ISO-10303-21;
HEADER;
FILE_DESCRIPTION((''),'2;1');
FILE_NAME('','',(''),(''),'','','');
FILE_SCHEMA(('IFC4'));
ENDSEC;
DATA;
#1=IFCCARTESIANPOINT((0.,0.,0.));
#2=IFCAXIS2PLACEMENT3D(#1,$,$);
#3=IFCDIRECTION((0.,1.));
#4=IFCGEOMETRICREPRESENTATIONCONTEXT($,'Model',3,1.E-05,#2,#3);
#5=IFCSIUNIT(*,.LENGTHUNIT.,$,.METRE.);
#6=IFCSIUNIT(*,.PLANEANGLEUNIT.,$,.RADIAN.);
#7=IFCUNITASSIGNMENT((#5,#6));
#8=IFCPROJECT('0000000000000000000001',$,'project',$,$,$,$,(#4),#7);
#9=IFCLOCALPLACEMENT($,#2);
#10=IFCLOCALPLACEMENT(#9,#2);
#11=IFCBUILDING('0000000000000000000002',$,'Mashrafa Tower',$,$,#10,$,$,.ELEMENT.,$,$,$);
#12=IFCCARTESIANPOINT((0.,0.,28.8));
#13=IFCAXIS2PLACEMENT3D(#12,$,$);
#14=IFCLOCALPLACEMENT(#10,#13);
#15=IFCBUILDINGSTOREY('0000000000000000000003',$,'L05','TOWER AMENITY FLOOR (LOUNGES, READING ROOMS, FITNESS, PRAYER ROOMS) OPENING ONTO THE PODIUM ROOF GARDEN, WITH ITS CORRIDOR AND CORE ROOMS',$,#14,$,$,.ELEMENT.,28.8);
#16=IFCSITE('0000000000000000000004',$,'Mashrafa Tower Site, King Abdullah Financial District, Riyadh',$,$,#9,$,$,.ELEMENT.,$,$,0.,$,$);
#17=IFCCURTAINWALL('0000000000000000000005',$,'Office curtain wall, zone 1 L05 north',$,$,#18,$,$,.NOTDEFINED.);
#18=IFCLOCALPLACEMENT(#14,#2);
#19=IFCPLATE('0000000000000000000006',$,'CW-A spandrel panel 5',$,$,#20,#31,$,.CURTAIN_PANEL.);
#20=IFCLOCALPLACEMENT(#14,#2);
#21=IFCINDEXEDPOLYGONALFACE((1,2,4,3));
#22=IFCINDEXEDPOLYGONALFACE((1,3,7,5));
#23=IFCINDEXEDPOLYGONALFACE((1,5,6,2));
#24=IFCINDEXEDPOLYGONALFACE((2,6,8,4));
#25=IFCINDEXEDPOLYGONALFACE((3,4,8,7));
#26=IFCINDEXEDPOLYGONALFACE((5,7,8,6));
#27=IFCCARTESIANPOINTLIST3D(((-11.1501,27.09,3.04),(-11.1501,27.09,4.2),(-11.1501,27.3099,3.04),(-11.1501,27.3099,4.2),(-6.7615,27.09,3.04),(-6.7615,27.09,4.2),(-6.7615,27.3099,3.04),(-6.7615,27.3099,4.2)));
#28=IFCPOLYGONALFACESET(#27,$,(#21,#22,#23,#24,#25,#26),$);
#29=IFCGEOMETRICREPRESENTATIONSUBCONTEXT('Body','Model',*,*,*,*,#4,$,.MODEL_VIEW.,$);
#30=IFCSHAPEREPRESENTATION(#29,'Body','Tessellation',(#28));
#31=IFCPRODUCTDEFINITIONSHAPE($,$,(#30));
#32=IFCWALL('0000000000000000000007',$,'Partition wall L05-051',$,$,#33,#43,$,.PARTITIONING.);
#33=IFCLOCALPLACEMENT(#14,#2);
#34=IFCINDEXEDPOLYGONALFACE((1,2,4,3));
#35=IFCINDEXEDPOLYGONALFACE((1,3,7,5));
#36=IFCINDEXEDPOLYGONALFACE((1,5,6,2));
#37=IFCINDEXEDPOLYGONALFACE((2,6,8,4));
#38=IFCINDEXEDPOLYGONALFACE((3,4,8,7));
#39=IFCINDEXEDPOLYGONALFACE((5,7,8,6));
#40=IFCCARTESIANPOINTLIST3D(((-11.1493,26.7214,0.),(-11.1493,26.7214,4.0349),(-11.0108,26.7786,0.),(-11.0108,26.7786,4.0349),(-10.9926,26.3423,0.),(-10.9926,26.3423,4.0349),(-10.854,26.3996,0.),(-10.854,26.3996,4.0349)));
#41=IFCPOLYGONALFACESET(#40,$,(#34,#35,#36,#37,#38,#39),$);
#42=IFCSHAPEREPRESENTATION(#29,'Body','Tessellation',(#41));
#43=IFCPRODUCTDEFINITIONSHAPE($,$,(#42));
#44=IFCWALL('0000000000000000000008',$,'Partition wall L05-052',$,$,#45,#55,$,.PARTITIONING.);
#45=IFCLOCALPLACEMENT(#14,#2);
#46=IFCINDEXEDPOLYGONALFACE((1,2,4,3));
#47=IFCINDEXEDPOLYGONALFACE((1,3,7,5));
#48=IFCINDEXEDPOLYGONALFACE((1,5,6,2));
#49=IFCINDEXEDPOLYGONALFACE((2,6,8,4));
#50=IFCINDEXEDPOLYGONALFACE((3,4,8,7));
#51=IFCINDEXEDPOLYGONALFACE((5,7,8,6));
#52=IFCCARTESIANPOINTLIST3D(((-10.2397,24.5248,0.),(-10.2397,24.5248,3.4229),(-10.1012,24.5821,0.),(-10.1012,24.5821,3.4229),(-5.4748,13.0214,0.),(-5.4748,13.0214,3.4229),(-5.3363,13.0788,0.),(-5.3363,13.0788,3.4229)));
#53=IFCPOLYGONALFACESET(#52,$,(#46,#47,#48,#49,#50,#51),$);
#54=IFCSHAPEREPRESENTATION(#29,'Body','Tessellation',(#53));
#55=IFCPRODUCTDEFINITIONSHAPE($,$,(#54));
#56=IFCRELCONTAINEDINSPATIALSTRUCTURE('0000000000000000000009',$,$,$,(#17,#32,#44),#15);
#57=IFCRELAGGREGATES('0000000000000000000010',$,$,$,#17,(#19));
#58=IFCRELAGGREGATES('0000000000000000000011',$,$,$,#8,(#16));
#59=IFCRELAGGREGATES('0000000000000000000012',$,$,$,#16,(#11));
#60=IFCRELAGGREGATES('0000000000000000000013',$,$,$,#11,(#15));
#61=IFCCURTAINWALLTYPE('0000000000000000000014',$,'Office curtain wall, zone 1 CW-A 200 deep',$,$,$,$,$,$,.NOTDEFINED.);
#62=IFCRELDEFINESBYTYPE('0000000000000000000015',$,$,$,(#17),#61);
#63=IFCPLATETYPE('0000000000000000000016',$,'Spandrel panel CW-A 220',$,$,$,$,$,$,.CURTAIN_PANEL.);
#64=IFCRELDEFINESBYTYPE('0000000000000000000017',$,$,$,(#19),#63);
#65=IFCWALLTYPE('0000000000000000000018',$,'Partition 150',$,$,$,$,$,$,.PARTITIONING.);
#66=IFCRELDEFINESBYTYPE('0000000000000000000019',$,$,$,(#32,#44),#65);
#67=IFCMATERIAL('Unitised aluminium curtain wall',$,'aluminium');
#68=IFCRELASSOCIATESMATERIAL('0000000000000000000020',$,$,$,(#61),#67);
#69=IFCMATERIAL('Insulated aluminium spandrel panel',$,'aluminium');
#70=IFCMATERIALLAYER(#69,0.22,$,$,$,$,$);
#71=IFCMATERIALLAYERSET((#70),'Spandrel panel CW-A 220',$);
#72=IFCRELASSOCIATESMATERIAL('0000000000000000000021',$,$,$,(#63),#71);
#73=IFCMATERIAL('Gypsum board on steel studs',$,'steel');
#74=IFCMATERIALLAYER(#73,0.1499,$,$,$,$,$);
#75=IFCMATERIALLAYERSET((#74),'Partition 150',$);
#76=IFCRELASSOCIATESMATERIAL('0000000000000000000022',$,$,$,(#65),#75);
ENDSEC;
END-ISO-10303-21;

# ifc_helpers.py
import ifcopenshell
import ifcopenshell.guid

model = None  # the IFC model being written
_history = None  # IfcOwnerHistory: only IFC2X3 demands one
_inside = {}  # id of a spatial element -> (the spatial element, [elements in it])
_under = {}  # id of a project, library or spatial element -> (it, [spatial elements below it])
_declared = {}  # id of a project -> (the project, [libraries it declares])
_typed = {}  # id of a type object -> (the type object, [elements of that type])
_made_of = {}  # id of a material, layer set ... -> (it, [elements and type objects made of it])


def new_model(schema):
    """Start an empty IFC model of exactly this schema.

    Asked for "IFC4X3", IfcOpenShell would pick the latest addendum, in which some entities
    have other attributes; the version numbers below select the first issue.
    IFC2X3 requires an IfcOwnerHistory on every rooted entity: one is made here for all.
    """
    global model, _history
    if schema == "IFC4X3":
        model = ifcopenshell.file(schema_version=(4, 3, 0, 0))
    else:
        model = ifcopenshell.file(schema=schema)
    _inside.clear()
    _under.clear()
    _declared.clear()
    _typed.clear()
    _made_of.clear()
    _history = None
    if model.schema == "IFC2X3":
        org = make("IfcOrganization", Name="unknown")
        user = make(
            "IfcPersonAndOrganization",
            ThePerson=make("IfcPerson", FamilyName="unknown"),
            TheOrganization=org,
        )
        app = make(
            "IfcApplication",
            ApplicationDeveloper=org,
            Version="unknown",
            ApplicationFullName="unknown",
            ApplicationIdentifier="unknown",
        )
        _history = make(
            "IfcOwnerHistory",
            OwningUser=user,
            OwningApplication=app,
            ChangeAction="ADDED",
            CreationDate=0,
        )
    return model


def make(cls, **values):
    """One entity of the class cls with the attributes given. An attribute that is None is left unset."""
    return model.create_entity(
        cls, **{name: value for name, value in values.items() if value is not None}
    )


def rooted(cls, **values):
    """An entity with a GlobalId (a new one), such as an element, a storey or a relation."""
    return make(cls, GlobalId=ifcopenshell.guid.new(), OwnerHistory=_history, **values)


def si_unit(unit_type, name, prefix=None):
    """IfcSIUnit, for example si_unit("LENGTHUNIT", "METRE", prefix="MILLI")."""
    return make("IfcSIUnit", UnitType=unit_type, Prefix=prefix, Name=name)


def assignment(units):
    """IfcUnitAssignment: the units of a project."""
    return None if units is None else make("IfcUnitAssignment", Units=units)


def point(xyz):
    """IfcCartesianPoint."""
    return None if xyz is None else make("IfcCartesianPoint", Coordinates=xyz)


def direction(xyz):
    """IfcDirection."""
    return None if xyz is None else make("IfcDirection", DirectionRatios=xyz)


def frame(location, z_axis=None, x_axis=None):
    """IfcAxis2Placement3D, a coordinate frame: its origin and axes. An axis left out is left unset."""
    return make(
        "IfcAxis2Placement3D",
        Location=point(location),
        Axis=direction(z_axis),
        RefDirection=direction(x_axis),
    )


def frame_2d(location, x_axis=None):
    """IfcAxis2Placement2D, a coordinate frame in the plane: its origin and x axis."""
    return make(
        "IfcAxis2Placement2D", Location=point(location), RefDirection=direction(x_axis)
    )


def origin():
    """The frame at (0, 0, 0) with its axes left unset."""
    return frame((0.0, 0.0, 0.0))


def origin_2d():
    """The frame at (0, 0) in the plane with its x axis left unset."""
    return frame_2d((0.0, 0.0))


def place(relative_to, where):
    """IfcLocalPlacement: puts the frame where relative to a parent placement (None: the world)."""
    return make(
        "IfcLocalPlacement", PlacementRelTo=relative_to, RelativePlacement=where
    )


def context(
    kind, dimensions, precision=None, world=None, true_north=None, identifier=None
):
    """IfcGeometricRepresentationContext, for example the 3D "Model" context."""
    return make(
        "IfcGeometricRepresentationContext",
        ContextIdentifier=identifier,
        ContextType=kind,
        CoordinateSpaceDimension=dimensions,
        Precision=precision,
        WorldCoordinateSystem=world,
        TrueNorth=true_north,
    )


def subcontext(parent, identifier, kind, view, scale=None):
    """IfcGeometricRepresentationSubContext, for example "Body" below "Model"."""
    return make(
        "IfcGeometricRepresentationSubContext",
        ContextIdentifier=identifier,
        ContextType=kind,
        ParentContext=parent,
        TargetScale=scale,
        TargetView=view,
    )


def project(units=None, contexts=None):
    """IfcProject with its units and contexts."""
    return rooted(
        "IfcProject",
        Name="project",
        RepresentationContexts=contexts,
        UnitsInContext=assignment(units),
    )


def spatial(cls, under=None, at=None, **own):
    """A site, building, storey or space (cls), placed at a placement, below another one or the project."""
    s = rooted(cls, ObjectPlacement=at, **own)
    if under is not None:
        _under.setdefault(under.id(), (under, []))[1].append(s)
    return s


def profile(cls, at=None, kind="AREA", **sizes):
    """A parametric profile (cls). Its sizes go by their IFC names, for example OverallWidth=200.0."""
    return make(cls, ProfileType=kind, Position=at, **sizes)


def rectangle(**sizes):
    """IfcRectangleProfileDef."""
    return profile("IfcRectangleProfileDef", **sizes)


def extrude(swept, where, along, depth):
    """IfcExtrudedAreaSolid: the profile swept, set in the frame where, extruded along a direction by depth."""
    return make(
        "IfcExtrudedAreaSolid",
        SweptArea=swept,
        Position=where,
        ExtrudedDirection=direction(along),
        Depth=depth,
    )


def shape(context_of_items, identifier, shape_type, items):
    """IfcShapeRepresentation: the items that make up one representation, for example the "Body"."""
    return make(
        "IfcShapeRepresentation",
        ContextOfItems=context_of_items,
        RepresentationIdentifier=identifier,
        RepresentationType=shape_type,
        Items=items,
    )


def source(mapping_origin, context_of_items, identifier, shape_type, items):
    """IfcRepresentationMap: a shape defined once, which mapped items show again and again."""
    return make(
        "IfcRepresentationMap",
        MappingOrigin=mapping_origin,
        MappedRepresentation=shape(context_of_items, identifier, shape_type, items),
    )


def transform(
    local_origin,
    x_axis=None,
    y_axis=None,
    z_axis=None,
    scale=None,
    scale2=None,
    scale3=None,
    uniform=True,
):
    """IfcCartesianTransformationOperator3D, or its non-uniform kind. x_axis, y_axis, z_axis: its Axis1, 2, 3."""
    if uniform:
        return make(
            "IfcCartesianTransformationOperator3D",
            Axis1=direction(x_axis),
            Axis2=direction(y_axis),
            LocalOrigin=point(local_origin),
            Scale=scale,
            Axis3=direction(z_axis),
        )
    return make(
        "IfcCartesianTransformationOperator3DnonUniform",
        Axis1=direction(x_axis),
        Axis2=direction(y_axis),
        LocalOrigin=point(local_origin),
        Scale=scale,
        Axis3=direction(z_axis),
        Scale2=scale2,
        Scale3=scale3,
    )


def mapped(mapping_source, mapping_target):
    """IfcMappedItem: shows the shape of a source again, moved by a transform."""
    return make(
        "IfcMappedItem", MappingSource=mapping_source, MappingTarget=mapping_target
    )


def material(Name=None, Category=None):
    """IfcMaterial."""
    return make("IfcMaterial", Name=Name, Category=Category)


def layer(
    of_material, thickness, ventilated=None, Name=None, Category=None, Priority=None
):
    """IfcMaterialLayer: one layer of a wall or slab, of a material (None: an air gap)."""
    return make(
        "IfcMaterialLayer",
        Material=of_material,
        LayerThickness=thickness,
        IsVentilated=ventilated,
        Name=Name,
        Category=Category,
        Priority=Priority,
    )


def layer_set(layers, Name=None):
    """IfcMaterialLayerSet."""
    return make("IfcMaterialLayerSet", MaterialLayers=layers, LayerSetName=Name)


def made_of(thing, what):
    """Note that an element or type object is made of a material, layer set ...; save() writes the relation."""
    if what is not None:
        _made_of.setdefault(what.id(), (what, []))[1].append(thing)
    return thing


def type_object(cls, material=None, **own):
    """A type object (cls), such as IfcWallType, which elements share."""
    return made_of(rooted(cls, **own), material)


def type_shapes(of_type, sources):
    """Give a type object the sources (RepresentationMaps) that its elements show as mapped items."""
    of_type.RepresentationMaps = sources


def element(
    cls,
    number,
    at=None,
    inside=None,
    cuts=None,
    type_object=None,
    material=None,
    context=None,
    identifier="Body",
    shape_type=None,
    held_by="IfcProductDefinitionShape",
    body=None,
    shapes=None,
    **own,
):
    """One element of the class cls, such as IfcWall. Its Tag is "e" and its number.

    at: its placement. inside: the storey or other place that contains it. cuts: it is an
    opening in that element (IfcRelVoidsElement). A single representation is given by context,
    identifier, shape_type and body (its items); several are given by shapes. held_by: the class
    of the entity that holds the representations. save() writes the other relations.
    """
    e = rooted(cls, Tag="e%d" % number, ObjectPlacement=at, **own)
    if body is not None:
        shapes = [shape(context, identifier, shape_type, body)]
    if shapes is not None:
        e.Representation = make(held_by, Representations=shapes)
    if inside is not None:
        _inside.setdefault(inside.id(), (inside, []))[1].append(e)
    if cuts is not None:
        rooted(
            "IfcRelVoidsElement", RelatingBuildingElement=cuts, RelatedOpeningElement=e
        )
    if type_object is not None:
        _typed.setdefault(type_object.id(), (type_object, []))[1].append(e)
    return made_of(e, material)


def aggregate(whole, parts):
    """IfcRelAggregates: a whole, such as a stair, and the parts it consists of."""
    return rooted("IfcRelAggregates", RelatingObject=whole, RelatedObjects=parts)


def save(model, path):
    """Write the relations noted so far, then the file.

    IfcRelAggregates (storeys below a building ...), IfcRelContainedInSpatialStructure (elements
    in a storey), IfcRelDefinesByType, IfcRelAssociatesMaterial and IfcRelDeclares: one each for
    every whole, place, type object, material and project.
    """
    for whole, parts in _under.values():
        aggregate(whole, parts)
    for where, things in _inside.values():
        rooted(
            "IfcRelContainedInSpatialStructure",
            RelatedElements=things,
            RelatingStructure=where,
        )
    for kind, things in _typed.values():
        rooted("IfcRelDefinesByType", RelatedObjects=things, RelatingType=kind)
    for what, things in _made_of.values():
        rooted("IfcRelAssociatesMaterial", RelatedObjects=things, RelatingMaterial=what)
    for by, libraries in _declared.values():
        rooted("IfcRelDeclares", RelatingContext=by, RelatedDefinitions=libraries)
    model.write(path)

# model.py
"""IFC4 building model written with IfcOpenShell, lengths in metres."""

from ifc_helpers import new_model, si_unit, direction, frame, frame_2d, origin, origin_2d, place, context, subcontext, project, spatial, rectangle, extrude, source, transform, mapped, material, layer, layer_set, type_object, type_shapes, element, aggregate, save


model = new_model("IFC4")

# Units and contexts
model_context = context("Model", 3, precision=1e-05, world=origin(), true_north=direction((0.0, 1.0)))
body_context = subcontext(model_context, "Body", "Model", "MODEL_VIEW")
ifc_project = project(units=[si_unit("LENGTHUNIT", "METRE"), si_unit("PLANEANGLEUNIT", "RADIAN")], contexts=[model_context])

# Site, building, storey
site_placement = place(None, origin())
site = spatial("IfcSite", under=ifc_project, at=site_placement, Name="Mashrafa Tower Site, King Abdullah Financial District, Riyadh", CompositionType="ELEMENT", RefElevation=0.0)
building_placement = place(site_placement, origin())
building = spatial("IfcBuilding", under=site, at=building_placement, Name="Mashrafa Tower", CompositionType="ELEMENT")
storey_placement = place(building_placement, frame((0.0, 0.0, 28.8)))
storey = spatial("IfcBuildingStorey", under=building, at=storey_placement, Name="L05", Description="TOWER AMENITY FLOOR (LOUNGES, READING ROOMS, FITNESS, PRAYER ROOMS) OPENING ONTO THE PODIUM ROOF GARDEN, WITH ITS CORRIDOR AND CORE ROOMS", CompositionType="ELEMENT", Elevation=28.8)

# Curtain wall
ifc_material_1 = material(Name="Unitised aluminium curtain wall", Category="aluminium")
curtain_wall_type = type_object("IfcCurtainWallType", Name="Office curtain wall, zone 1 CW-A 200 deep", PredefinedType="NOTDEFINED", material=ifc_material_1)
curtain_wall_1_placement = place(storey_placement, origin())
curtain_wall_1 = element("IfcCurtainWall", 1, at=curtain_wall_1_placement, inside=storey, type_object=curtain_wall_type, Name="Office curtain wall, zone 1 L05 north", PredefinedType="NOTDEFINED")

# Plate
ifc_material_2 = material(Name="Insulated aluminium spandrel panel", Category="aluminium")
ifc_layer_1 = layer(ifc_material_2, 0.22)
ifc_layer_set_1 = layer_set([ifc_layer_1], Name="Spandrel panel CW-A 220")
plate_type_1 = type_object("IfcPlateType", Name="Spandrel panel CW-A 220", PredefinedType="CURTAIN_PANEL", material=ifc_layer_set_1)
shared_shape_1 = source(origin(), body_context, "Body", "SweptSolid", [
    extrude(rectangle(XDim=4.3887, YDim=0.22, at=origin_2d()), origin(), (0.0, 0.0, 1.0), 1.1599),
])
type_shapes(plate_type_1, [shared_shape_1])
plate_1_placement = place(storey_placement, frame((-8.9558, 27.2, 3.04), z_axis=(0.0, 0.0, 1.0), x_axis=(-1.0, 0.0, 0.0)))
plate_1 = element("IfcPlate", 2, at=plate_1_placement, type_object=plate_type_1, Name="CW-A spandrel panel 5", PredefinedType="CURTAIN_PANEL", context=body_context, shape_type="MappedRepresentation", body=[
    mapped(shared_shape_1, transform((0.0, 0.0, 0.0))),
])
aggregate(curtain_wall_1, [plate_1])

# Walls
ifc_material_3 = material(Name="Gypsum board on steel studs", Category="steel")
ifc_layer_2 = layer(ifc_material_3, 0.1499)
ifc_layer_set_2 = layer_set([ifc_layer_2], Name="Partition 150")
wall_type = type_object("IfcWallType", Name="Partition 150", PredefinedType="PARTITIONING", material=ifc_layer_set_2)
wall_1_placement = place(storey_placement, frame((-11.0801, 26.75, 0.0), z_axis=(0.0, 0.0, 1.0), x_axis=(0.382247, -0.92406, 0.0)))
element("IfcWall", 3, at=wall_1_placement, inside=storey, type_object=wall_type, Name="Partition wall L05-051", PredefinedType="PARTITIONING", context=body_context, shape_type="SweptSolid", body=[
    extrude(rectangle(XDim=0.4102, YDim=0.1499, at=frame_2d((0.2051, 0.0))), origin(), (0.0, 0.0, 1.0), 4.0349),
])
wall_2_placement = place(storey_placement, frame((-10.1704, 24.5535, 0.0), z_axis=(0.0, 0.0, 1.0), x_axis=(0.382685, -0.923879, 0.0)))
element("IfcWall", 4, at=wall_2_placement, inside=storey, type_object=wall_type, Name="Partition wall L05-052", PredefinedType="PARTITIONING", context=body_context, shape_type="SweptSolid", body=[
    extrude(rectangle(XDim=12.4512, YDim=0.1499, at=frame_2d((6.2256, 0.0))), origin(), (0.0, 0.0, 1.0), 3.4229),
])

save(model, "model.ifc")
